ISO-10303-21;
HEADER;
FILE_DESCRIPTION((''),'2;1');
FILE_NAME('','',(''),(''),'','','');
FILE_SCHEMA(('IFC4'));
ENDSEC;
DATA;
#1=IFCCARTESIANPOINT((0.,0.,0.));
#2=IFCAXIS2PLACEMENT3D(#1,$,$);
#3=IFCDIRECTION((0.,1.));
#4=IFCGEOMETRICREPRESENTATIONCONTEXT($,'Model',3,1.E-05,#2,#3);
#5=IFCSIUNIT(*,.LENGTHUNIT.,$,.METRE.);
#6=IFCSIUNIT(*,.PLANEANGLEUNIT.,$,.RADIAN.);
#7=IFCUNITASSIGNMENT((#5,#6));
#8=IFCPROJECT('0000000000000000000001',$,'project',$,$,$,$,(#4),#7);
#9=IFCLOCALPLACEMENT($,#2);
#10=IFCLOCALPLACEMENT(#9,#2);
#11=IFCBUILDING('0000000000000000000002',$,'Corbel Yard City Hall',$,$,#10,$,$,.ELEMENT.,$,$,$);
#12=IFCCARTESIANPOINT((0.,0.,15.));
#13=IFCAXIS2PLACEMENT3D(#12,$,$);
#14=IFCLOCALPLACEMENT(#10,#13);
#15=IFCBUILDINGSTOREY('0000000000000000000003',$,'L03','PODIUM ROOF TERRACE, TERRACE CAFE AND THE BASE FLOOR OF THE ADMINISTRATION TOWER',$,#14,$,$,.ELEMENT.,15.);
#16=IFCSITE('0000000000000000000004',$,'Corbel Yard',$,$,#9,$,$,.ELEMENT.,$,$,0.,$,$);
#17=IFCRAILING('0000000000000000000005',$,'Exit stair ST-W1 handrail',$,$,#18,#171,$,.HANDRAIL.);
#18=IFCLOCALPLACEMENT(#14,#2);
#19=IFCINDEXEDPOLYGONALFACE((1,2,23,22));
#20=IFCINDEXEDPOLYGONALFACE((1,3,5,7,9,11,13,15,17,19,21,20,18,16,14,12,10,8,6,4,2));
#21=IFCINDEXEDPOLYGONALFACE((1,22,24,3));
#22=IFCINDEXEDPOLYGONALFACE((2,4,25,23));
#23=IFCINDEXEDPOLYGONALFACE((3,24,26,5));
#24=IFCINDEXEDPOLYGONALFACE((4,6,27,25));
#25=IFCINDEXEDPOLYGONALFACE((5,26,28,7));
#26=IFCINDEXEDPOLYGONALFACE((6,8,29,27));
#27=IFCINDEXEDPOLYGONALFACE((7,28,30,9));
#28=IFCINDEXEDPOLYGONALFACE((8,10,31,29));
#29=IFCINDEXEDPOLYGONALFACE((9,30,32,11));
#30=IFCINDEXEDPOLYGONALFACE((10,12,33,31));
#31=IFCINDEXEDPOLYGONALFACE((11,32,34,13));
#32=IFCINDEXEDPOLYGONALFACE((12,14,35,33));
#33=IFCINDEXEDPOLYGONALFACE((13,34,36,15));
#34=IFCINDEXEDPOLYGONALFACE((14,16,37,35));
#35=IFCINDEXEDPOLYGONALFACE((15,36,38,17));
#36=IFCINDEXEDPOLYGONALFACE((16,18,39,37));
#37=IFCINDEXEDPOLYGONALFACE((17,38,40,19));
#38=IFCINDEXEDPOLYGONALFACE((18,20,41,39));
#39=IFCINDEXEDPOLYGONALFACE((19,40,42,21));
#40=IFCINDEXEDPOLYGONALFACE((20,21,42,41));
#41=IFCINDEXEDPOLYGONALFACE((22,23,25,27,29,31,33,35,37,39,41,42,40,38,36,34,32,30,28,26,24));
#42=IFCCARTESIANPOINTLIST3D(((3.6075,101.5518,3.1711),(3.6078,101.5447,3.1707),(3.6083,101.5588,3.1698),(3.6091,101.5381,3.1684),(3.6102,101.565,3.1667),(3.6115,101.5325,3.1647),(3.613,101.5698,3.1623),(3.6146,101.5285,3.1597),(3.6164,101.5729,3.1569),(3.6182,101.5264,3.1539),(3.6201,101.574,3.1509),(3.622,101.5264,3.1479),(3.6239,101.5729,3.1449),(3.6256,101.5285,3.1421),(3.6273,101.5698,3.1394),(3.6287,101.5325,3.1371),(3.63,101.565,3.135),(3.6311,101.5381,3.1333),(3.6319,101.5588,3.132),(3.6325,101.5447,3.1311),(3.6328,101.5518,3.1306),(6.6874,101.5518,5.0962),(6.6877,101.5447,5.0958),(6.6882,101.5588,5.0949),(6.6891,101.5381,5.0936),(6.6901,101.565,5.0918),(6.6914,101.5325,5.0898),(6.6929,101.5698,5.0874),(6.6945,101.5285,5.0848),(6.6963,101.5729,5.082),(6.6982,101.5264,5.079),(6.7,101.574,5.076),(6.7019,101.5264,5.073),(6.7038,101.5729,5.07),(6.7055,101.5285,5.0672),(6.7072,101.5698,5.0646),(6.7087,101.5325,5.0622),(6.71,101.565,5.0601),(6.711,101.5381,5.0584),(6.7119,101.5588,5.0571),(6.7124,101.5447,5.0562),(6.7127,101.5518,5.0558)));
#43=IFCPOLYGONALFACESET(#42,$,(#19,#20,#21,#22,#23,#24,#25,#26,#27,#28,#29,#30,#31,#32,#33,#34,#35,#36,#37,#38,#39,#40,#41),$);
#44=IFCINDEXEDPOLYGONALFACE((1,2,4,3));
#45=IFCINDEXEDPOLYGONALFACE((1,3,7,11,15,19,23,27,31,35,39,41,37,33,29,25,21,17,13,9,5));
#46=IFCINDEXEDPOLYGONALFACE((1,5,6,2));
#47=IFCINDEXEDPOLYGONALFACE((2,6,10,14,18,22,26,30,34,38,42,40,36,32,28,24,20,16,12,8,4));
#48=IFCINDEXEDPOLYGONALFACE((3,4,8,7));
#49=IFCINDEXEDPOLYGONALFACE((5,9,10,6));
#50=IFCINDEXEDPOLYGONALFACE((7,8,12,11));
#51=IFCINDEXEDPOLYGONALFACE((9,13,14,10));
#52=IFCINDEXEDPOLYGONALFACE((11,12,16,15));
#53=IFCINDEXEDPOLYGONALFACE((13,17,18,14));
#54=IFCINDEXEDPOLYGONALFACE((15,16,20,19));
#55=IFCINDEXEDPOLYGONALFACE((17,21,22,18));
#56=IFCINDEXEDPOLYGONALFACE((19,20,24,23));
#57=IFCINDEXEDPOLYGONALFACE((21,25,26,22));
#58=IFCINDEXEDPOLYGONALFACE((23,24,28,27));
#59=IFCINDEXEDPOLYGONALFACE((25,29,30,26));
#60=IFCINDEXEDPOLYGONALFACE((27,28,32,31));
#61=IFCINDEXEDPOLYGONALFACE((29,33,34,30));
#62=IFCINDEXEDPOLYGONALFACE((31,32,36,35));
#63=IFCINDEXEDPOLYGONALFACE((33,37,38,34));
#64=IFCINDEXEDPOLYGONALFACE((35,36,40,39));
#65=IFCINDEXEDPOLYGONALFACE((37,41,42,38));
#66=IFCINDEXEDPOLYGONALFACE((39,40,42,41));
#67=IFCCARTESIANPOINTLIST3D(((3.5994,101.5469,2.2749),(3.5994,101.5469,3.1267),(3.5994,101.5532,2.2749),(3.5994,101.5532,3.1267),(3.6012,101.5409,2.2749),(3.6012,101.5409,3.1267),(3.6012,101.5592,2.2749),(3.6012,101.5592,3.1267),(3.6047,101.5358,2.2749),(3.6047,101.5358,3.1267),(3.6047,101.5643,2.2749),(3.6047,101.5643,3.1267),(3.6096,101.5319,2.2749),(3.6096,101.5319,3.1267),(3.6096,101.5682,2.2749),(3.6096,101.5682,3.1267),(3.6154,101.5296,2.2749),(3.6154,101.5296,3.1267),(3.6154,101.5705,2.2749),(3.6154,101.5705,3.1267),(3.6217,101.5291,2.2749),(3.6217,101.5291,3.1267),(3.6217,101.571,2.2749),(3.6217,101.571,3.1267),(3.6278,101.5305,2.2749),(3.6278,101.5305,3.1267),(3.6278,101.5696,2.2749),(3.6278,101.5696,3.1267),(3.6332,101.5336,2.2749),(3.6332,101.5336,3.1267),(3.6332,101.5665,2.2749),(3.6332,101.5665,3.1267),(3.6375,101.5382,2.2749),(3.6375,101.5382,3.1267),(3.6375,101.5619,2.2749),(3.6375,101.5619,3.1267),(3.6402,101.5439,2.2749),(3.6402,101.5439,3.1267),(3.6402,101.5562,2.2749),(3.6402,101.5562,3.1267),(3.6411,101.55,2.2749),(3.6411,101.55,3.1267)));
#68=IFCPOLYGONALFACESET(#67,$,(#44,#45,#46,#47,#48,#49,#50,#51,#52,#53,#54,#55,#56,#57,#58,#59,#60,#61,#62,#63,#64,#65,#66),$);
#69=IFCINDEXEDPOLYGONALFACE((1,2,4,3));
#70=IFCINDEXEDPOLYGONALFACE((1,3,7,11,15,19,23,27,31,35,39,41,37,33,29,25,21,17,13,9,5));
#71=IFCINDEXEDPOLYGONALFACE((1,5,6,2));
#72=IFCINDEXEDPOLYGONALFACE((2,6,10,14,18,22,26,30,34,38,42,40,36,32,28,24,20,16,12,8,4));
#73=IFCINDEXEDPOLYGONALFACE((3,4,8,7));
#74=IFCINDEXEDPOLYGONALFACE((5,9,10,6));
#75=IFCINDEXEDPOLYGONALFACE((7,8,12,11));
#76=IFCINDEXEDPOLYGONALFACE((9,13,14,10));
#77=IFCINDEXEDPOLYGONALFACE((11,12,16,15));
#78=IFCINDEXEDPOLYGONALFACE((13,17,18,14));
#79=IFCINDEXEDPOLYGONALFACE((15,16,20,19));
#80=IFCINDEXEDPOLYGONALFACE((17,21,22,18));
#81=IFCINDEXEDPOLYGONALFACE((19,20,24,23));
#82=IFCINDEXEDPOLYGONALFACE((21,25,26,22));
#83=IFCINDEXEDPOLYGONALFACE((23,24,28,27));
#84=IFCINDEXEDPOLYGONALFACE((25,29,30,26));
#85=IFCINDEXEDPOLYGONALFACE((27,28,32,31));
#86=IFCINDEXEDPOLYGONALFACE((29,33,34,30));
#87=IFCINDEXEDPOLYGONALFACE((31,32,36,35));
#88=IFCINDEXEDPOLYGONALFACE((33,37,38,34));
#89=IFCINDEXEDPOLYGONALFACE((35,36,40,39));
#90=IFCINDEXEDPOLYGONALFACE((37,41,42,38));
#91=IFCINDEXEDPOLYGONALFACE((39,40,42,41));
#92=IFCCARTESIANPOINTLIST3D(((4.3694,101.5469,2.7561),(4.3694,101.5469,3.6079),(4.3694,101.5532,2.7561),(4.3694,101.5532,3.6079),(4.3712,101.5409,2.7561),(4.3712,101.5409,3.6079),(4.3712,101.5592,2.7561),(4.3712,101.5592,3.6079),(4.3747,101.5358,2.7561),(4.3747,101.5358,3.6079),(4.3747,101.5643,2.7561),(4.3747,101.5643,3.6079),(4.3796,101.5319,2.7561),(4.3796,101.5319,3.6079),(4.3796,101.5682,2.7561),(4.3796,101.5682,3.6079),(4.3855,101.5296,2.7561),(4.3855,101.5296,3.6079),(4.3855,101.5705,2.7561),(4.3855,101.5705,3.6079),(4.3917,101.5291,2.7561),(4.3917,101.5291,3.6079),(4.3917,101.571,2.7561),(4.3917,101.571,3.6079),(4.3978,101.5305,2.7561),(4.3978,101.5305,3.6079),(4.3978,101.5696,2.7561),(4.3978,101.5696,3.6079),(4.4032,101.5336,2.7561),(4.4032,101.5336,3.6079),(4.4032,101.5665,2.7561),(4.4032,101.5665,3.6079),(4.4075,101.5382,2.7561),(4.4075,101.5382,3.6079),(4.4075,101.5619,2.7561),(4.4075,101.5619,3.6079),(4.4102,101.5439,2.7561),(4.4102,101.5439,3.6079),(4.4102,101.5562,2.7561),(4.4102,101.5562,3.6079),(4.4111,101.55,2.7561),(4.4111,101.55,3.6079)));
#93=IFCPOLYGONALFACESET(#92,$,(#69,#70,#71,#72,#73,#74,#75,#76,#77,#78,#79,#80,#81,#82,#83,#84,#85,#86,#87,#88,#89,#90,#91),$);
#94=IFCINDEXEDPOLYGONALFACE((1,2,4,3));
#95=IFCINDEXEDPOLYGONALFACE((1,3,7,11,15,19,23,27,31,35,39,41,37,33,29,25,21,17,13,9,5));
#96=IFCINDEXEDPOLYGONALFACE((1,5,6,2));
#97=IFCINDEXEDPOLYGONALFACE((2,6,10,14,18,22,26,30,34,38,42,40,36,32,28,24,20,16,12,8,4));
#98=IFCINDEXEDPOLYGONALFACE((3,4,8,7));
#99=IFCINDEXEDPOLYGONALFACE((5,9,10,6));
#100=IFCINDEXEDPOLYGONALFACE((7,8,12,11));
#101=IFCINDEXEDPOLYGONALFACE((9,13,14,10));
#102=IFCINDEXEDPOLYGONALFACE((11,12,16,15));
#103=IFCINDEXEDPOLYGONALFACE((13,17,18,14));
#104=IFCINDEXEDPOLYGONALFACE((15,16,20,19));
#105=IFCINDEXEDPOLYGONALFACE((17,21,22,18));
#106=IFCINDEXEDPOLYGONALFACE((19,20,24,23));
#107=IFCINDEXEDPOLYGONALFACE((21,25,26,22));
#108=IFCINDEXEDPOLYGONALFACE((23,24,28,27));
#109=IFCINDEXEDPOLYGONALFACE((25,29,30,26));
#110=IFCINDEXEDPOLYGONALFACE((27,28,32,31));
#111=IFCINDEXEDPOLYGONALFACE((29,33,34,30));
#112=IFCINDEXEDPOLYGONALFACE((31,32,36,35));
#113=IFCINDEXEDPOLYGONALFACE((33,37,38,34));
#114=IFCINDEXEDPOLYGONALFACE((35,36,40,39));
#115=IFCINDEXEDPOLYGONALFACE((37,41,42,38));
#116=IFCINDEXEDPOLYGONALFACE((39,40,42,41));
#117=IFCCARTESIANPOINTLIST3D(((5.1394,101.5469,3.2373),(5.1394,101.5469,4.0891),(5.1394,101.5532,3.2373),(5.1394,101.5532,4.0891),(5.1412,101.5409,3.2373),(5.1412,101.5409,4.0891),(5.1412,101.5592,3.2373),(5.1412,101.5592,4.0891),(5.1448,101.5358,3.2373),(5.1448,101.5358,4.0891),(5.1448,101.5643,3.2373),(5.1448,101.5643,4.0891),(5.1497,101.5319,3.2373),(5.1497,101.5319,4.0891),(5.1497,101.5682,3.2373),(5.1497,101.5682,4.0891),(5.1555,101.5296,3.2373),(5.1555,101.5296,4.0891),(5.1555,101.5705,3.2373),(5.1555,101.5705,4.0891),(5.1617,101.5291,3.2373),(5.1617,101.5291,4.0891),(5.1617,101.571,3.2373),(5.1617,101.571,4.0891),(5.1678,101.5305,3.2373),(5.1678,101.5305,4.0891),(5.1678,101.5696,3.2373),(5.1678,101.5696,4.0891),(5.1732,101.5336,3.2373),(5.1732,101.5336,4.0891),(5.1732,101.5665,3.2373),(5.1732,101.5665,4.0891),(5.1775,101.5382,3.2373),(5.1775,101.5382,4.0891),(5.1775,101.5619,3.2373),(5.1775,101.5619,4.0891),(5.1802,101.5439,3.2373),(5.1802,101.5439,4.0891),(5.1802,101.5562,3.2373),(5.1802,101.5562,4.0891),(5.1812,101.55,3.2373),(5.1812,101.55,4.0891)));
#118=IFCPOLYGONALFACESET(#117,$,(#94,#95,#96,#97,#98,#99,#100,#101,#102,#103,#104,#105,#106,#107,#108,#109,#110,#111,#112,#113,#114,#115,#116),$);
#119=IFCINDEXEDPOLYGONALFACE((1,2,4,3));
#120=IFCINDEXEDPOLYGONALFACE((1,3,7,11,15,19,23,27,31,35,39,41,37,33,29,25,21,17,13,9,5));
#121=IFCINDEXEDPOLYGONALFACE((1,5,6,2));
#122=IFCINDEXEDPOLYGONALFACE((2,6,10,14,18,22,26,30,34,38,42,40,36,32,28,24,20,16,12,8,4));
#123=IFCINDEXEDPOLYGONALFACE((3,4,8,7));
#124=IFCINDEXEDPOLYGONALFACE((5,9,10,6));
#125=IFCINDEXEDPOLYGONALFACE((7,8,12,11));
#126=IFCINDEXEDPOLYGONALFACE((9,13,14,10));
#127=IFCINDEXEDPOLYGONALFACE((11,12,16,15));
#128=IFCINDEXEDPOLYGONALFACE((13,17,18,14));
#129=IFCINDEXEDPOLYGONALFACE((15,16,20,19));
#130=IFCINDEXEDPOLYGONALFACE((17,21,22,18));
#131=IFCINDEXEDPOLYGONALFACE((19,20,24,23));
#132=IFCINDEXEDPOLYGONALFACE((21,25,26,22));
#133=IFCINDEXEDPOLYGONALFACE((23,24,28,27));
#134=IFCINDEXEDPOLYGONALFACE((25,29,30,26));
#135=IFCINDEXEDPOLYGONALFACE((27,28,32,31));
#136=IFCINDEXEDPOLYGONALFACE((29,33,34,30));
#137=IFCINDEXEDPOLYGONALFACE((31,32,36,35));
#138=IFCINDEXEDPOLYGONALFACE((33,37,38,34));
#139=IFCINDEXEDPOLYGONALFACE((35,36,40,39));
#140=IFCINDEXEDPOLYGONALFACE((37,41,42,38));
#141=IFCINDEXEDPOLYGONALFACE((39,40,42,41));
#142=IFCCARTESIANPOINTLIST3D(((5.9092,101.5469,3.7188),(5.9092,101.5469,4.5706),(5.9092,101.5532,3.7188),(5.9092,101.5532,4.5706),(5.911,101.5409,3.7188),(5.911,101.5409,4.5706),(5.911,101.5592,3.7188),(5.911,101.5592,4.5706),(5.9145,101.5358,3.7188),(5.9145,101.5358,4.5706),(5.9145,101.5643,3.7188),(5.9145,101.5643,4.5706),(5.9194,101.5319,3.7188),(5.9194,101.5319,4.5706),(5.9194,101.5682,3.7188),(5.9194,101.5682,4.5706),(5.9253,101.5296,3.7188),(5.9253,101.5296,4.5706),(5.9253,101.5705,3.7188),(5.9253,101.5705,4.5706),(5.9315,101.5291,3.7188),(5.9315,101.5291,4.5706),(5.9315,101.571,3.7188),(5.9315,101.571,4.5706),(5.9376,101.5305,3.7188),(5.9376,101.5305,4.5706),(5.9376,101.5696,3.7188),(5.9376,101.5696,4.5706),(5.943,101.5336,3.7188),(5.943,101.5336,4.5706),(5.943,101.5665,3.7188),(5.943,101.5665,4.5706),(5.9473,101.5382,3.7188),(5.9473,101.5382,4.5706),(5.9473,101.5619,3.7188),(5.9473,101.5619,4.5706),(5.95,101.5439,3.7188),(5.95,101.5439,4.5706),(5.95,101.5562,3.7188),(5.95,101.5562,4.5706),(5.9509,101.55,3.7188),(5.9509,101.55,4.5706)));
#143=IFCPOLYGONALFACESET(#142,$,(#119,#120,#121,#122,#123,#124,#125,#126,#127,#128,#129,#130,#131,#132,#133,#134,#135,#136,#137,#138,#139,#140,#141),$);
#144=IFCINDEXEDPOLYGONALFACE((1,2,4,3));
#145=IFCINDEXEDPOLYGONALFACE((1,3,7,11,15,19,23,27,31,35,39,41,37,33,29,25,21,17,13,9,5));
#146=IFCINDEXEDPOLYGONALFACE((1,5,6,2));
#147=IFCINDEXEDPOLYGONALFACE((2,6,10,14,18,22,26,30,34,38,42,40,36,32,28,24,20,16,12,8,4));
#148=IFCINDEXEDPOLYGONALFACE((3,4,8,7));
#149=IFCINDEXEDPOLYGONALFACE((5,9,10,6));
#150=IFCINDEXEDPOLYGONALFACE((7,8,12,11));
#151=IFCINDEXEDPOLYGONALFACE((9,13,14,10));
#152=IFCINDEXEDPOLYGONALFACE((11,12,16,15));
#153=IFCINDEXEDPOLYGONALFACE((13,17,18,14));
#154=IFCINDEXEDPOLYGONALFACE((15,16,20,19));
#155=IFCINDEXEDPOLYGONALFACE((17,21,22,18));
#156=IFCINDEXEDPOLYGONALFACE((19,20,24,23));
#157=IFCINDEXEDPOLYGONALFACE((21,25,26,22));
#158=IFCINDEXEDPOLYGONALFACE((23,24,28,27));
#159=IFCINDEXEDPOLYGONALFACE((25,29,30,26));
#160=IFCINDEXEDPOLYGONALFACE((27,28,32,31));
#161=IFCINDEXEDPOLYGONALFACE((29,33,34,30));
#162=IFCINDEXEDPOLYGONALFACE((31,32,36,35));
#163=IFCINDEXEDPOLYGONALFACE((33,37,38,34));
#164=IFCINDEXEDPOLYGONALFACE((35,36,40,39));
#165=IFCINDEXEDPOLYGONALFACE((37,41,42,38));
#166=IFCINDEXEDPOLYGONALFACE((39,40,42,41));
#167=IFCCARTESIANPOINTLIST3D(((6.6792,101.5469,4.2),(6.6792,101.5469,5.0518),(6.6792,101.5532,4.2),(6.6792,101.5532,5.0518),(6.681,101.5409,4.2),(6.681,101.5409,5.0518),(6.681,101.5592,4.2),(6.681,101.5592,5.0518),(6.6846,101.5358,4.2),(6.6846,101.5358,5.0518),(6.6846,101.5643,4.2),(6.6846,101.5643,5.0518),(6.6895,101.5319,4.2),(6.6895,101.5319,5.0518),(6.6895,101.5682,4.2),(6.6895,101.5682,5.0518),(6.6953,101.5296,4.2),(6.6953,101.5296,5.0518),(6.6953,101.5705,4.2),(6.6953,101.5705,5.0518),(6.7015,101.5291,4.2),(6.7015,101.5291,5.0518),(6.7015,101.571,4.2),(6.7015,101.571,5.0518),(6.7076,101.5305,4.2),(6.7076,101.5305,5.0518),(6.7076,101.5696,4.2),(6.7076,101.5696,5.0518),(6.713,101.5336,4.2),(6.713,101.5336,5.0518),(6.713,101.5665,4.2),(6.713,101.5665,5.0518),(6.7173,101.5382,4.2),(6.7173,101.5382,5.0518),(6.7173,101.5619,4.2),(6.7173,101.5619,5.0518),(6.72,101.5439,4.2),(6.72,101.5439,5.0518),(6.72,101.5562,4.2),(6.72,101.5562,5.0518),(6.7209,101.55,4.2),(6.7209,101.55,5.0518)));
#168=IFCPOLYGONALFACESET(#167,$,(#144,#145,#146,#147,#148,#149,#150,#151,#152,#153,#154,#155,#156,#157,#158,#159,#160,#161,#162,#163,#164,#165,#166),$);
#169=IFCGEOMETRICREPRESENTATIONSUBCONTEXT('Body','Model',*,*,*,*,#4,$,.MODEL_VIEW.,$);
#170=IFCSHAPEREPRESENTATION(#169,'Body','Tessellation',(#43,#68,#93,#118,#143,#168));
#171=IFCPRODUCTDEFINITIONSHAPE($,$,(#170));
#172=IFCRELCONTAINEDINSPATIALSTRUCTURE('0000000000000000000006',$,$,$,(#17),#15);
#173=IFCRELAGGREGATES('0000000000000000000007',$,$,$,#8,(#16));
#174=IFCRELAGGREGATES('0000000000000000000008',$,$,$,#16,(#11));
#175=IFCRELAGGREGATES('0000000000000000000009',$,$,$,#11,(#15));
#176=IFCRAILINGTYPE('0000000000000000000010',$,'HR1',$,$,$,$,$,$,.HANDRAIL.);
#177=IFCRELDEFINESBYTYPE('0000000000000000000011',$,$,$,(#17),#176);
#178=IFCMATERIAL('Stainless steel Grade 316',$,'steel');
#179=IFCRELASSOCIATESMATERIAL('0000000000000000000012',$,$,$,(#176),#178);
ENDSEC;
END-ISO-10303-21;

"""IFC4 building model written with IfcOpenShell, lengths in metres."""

from ifc_helpers import new_model, si_unit, direction, frame, origin, origin_2d, place, context, subcontext, project, spatial, circle, extrude, material, type_object, element, save


model = new_model("IFC4")

# Units and contexts
model_context = context("Model", 3, precision=1e-05, world=origin(), true_north=direction((0.0, 1.0)))
body_context = subcontext(model_context, "Body", "Model", "MODEL_VIEW")
ifc_project = project(units=[si_unit("LENGTHUNIT", "METRE"), si_unit("PLANEANGLEUNIT", "RADIAN")], contexts=[model_context])

# Site, building, storey
site_placement = place(None, origin())
site = spatial("IfcSite", under=ifc_project, at=site_placement, Name="Corbel Yard", CompositionType="ELEMENT", RefElevation=0.0)
building_placement = place(site_placement, origin())
building = spatial("IfcBuilding", under=site, at=building_placement, Name="Corbel Yard City Hall", CompositionType="ELEMENT")
storey_placement = place(building_placement, frame((0.0, 0.0, 15.0)))
storey = spatial("IfcBuildingStorey", under=building, at=storey_placement, Name="L03", Description="PODIUM ROOF TERRACE, TERRACE CAFE AND THE BASE FLOOR OF THE ADMINISTRATION TOWER", CompositionType="ELEMENT", Elevation=15.0)

# Shared definitions
ifc_material_1 = material(Name="Stainless steel Grade 316", Category="steel")

# Railing
railing_type = type_object("IfcRailingType", Name="HR1", PredefinedType="HANDRAIL", material=ifc_material_1)
for number, where, name in (
    (1, (3.6201, 101.55, 2.2749), "Exit stair ST-W1 handrail"),
):
    element("IfcRailing", number, at=place(storey_placement, frame(where)), inside=storey, type_object=railing_type, Name=name, PredefinedType="HANDRAIL", context=body_context, shape_type="SweptSolid", body=[
        extrude(circle(Radius=0.0239, at=origin_2d()), frame((0.0, 0.0, 0.876), z_axis=(0.847979, 0.0, 0.530029), x_axis=(0.0, 1.0, 0.0)), (0.0, 0.0, 1.0), 3.6321),
        extrude(circle(Radius=0.021, at=origin_2d()), origin(), (0.0, 0.0, 1.0), 0.8518),
        extrude(circle(Radius=0.021, at=origin_2d()), frame((0.77, 0.0, 0.4812)), (0.0, 0.0, 1.0), 0.8518),
        extrude(circle(Radius=0.021, at=origin_2d()), frame((1.54, 0.0, 0.9624)), (0.0, 0.0, 1.0), 0.8518),
        extrude(circle(Radius=0.021, at=origin_2d()), frame((2.3098, 0.0, 1.4438)), (0.0, 0.0, 1.0), 0.8518),
        extrude(circle(Radius=0.021, at=origin_2d()), frame((3.0798, 0.0, 1.925)), (0.0, 0.0, 1.0), 0.8518),
    ])

save(model, "model.ifc")
